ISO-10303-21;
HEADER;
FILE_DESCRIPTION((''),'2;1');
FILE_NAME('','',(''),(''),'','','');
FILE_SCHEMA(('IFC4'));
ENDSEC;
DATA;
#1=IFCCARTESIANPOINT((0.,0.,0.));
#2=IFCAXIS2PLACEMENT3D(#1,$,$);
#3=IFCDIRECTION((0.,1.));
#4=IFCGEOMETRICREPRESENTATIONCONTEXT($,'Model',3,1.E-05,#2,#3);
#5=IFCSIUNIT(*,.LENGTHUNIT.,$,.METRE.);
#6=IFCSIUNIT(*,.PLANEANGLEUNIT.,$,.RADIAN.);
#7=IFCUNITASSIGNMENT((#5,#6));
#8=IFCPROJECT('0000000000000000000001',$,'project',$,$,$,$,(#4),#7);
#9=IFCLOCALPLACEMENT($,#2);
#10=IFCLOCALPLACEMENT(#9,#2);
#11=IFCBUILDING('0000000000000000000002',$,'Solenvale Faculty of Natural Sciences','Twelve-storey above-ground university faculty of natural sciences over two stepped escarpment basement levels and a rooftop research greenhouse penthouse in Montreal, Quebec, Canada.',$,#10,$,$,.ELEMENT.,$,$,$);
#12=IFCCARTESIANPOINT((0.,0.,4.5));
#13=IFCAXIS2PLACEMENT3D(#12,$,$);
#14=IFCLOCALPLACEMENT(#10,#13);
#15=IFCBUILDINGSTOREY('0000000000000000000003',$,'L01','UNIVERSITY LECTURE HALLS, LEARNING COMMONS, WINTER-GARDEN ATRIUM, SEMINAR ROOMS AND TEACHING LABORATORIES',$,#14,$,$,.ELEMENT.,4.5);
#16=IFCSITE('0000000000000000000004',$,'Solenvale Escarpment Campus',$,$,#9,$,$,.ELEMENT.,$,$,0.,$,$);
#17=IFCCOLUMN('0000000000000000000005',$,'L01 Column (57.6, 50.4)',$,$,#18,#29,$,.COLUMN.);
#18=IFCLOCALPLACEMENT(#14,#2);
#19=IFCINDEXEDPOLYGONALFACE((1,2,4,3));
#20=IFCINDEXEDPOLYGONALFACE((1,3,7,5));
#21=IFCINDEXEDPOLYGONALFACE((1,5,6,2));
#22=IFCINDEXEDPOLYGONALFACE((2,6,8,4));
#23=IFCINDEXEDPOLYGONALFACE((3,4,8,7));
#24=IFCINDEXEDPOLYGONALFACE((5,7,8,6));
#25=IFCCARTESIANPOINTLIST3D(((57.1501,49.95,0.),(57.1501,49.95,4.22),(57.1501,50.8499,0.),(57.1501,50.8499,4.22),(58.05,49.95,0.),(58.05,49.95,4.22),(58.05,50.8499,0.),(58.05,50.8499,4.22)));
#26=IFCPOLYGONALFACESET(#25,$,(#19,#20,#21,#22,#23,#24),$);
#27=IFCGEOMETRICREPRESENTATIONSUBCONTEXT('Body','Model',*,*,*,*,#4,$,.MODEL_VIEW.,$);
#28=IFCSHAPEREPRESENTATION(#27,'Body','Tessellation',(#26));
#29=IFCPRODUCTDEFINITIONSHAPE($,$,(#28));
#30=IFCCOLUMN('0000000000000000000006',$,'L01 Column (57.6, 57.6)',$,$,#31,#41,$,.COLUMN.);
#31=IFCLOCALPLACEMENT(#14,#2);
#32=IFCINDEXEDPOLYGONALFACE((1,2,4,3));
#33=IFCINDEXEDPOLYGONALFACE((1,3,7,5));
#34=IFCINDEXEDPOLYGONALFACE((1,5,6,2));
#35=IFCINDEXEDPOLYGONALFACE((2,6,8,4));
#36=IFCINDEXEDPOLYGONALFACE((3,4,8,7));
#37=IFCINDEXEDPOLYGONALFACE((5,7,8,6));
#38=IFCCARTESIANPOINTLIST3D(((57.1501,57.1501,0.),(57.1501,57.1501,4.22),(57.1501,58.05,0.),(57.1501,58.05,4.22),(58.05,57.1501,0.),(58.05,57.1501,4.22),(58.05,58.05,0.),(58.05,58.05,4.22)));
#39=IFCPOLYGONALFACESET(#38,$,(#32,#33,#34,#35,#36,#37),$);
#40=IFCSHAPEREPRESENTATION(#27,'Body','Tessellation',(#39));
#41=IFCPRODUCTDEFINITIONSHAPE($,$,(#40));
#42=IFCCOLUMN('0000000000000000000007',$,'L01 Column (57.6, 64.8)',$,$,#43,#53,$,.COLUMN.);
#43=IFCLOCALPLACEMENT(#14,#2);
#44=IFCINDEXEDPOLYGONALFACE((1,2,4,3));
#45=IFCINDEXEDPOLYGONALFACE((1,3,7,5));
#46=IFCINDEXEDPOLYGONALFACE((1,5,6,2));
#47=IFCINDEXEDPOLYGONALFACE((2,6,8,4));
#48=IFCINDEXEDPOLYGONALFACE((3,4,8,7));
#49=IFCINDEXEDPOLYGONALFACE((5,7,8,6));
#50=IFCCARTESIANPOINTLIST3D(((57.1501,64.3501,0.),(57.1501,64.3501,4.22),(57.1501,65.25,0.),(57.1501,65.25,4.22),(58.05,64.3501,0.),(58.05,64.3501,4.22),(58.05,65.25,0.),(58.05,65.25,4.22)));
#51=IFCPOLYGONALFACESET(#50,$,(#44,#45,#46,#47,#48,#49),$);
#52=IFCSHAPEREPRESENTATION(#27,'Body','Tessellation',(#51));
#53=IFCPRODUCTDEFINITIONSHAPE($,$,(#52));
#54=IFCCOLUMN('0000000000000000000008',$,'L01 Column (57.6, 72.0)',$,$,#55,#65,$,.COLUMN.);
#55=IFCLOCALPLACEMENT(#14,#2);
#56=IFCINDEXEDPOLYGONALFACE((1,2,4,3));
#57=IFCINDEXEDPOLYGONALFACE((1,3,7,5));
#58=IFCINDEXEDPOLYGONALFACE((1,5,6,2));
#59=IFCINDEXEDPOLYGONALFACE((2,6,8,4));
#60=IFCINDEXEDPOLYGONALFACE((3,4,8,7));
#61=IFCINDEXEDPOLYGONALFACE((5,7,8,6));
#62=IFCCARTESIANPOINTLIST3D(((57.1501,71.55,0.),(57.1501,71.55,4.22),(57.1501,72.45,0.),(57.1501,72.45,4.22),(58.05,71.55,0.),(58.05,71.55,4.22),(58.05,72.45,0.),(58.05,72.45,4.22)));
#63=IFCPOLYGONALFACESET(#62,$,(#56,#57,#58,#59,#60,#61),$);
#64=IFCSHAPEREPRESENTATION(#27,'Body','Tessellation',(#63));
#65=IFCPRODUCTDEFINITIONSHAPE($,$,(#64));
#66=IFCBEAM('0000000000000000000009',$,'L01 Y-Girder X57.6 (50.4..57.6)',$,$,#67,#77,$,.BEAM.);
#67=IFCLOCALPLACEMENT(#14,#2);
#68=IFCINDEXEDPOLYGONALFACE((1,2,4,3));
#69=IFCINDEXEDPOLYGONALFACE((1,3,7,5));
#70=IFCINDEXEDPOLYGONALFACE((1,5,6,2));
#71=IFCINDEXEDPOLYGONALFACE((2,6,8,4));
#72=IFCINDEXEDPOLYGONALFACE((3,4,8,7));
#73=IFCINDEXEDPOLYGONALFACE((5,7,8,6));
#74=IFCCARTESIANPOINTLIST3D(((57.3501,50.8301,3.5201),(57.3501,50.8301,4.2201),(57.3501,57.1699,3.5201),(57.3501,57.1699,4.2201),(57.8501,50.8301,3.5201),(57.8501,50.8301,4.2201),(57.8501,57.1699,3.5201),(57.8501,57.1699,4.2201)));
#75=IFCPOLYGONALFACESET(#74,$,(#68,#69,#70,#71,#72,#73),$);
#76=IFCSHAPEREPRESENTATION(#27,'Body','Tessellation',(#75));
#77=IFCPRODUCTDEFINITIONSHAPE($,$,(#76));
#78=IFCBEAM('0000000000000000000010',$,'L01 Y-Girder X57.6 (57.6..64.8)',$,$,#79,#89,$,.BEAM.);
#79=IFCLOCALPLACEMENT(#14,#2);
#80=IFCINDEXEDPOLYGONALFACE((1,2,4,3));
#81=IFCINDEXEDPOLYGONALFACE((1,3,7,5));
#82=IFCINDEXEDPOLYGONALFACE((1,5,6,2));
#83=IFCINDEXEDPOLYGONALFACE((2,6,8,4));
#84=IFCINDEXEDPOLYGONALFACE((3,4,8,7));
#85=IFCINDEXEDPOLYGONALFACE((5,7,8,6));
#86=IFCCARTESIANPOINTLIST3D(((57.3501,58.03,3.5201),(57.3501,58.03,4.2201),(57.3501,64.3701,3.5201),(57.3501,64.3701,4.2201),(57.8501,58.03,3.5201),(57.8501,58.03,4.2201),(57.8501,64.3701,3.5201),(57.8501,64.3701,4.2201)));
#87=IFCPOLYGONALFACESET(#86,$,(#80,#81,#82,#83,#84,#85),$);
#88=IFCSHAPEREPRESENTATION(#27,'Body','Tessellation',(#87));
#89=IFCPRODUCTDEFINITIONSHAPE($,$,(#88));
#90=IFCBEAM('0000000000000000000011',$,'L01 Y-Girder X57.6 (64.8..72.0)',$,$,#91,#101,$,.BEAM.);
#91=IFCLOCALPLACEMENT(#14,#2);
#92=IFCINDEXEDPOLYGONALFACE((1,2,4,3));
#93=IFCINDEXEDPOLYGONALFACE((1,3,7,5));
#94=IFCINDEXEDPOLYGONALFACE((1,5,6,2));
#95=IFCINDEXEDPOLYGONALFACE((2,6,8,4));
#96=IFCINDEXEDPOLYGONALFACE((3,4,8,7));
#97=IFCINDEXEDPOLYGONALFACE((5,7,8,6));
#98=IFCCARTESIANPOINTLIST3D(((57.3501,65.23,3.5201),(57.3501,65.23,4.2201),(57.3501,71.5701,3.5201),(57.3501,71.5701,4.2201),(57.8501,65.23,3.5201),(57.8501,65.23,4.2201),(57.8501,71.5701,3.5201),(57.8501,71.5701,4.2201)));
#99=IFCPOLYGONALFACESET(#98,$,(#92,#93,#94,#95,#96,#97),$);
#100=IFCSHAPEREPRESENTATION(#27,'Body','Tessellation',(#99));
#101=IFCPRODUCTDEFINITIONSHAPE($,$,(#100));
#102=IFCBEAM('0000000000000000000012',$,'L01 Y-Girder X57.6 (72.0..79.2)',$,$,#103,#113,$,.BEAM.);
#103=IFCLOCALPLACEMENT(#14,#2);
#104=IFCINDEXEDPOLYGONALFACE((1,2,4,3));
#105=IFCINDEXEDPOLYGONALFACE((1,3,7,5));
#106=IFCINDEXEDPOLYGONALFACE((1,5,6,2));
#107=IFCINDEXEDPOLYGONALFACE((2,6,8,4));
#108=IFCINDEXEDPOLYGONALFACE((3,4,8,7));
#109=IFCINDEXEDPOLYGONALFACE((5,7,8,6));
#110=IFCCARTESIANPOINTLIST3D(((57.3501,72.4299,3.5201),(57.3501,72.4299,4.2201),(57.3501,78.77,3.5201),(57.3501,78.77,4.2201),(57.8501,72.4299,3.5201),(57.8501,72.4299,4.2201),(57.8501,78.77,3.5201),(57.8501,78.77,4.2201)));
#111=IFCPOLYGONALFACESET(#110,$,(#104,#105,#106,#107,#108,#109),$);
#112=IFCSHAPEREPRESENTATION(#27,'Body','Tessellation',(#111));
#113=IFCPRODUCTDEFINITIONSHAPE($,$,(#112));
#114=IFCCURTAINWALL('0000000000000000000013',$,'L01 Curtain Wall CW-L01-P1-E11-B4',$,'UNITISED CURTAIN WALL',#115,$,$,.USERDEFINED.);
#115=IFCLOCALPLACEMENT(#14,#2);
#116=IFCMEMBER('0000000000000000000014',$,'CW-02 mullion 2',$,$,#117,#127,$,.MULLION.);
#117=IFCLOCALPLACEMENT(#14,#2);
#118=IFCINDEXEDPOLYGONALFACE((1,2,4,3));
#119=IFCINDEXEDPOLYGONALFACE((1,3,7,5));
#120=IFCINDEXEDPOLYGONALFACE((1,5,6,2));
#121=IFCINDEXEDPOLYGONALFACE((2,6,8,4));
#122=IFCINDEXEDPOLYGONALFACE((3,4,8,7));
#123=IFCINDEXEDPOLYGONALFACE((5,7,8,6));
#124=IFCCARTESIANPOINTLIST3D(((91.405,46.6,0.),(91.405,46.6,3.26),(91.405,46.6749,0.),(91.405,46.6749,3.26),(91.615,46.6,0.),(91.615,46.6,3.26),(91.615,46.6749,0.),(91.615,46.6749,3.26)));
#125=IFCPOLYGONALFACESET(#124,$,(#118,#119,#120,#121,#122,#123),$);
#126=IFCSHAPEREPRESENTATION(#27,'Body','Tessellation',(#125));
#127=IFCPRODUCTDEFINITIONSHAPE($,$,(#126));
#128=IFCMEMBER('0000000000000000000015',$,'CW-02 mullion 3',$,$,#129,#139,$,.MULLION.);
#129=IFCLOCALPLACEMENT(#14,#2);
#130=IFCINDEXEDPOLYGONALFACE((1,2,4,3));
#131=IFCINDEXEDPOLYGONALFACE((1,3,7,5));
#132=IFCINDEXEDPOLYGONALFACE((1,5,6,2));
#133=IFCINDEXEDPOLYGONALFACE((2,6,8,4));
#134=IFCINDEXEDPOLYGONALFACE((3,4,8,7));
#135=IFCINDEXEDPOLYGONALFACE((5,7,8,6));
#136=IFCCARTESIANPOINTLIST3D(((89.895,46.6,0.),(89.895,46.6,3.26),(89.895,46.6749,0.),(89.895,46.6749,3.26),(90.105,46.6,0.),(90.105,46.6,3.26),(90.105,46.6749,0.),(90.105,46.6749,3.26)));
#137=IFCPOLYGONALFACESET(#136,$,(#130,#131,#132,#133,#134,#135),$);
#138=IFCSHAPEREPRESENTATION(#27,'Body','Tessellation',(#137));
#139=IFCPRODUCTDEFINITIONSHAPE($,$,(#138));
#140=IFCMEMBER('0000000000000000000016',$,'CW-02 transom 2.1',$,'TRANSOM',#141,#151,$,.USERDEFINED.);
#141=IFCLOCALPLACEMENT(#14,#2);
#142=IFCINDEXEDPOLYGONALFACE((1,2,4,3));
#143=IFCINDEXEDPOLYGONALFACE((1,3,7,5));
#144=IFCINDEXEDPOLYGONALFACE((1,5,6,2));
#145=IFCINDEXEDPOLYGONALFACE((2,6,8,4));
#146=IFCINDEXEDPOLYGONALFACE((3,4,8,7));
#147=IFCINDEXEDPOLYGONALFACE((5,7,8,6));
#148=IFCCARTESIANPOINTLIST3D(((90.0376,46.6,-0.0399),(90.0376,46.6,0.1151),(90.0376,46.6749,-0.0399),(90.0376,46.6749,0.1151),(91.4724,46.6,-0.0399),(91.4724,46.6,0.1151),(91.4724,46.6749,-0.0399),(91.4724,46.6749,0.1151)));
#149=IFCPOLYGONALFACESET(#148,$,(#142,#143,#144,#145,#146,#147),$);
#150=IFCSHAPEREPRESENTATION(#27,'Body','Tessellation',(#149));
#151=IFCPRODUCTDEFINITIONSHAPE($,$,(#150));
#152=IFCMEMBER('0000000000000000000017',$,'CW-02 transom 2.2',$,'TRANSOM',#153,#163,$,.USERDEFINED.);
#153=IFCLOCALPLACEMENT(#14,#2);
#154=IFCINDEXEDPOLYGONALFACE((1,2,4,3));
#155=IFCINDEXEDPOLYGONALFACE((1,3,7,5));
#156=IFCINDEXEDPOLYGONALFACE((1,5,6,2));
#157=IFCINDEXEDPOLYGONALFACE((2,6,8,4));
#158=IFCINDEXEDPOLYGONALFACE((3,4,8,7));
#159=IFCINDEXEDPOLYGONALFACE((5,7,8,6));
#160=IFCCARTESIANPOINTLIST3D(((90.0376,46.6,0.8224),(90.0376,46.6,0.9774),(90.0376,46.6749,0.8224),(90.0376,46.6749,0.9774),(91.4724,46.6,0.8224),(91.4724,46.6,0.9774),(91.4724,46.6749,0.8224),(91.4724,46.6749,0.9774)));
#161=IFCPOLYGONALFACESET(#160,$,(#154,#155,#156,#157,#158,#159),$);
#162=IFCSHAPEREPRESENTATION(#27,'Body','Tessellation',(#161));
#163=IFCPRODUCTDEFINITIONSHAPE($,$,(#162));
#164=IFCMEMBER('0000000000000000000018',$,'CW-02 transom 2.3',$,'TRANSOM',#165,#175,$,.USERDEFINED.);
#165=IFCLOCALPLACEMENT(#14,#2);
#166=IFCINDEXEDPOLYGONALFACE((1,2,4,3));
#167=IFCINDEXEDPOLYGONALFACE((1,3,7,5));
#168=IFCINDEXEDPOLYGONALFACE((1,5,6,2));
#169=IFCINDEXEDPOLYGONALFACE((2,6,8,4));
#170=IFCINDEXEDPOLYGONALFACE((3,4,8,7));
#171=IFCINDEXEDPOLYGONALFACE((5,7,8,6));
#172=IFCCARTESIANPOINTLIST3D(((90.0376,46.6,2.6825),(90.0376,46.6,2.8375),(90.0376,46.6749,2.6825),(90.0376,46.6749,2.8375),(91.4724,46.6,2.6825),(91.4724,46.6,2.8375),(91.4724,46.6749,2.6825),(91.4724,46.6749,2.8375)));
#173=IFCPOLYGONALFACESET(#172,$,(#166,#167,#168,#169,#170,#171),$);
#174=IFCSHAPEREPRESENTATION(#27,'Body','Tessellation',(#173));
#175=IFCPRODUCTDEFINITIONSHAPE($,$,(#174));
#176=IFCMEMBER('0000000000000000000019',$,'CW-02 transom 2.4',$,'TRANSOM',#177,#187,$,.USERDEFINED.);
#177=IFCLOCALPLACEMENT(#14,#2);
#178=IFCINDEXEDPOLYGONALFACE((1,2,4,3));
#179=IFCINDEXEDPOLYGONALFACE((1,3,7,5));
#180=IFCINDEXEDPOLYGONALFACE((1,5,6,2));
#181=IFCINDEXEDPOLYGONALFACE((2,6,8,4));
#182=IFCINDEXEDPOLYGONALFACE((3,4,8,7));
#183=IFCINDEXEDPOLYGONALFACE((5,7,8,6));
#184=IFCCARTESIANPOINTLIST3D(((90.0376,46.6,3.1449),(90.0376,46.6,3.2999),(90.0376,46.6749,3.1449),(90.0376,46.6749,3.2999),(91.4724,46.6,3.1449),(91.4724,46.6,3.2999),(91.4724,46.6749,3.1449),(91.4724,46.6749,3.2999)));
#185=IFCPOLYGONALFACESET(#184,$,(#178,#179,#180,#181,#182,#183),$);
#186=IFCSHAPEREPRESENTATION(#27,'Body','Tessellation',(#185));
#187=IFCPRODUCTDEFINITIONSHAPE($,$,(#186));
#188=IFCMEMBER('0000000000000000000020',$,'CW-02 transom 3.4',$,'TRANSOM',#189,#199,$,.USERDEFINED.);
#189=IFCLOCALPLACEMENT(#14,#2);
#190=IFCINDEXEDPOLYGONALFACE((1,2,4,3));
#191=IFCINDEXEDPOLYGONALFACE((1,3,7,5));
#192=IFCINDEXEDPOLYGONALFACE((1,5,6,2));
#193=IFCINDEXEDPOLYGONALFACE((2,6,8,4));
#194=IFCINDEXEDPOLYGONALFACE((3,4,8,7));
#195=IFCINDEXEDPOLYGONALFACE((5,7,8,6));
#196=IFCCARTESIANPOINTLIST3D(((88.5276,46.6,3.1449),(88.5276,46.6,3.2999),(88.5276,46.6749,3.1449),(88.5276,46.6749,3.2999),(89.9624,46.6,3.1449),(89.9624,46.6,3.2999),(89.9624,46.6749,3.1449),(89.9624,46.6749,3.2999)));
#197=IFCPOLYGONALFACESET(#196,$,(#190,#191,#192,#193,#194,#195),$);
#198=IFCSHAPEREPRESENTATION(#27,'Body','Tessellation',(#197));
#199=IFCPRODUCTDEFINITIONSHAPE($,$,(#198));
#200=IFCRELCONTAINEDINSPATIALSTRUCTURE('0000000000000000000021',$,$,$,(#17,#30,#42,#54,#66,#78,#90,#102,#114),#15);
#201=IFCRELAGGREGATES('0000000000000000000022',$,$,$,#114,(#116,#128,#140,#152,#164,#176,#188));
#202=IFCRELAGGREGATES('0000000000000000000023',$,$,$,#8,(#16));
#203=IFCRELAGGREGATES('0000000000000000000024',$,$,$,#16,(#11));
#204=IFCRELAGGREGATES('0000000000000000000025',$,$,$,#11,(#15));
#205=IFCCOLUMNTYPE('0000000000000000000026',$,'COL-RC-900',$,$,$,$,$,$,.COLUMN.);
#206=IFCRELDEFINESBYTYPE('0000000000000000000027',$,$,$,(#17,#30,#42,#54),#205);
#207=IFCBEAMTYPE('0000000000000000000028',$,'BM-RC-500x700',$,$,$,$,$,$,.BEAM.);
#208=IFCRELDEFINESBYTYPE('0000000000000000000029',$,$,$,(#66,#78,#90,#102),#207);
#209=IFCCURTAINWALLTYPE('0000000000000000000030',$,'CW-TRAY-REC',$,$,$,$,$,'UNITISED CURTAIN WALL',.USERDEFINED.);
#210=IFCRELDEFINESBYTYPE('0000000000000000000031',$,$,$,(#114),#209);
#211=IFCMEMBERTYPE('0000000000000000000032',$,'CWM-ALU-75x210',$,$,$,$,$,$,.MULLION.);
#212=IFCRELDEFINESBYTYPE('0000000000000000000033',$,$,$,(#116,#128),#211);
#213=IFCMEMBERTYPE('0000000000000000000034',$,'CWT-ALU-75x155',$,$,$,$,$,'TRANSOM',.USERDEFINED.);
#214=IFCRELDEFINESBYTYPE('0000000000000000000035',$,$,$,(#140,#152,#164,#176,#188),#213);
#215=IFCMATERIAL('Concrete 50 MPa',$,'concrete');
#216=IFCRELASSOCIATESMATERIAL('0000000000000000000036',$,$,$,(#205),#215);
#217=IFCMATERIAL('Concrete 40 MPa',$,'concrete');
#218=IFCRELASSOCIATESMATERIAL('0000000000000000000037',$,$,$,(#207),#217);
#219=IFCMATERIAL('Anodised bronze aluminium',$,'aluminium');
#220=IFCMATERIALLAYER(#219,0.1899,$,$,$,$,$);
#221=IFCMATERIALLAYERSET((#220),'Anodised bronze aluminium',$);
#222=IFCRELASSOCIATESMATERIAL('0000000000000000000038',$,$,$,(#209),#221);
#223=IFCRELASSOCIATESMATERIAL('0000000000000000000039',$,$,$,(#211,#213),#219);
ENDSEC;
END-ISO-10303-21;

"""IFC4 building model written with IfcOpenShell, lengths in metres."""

from ifc_helpers import new_model, si_unit, direction, frame, origin, origin_2d, place, context, subcontext, project, spatial, rectangle, extrude, material, layer, layer_set, material_profile, profile_set, type_object, element, aggregate, save


model = new_model("IFC4")

# Units and contexts
model_context = context("Model", 3, precision=1e-05, world=origin(), true_north=direction((0.0, 1.0)))
body_context = subcontext(model_context, "Body", "Model", "MODEL_VIEW")
ifc_project = project(units=[si_unit("LENGTHUNIT", "METRE"), si_unit("PLANEANGLEUNIT", "RADIAN")], contexts=[model_context])

# Site, building, storey
site_placement = place(None, origin())
site = spatial("IfcSite", under=ifc_project, at=site_placement, Name="Solenvale Escarpment Campus", CompositionType="ELEMENT", RefElevation=0.0)
building_placement = place(site_placement, origin())
building = spatial("IfcBuilding", under=site, at=building_placement, Name="Solenvale Faculty of Natural Sciences", Description="Twelve-storey above-ground university faculty of natural sciences over two stepped escarpment basement levels and a rooftop research greenhouse penthouse in Montreal, Quebec, Canada.", CompositionType="ELEMENT")
storey_placement = place(building_placement, frame((0.0, 0.0, 4.5)))
storey = spatial("IfcBuildingStorey", under=building, at=storey_placement, Name="L01", Description="UNIVERSITY LECTURE HALLS, LEARNING COMMONS, WINTER-GARDEN ATRIUM, SEMINAR ROOMS AND TEACHING LABORATORIES", CompositionType="ELEMENT", Elevation=4.5)

# Columns
ifc_material_1 = material(Name="Concrete 50 MPa", Category="concrete")
ifc_material_profile_1 = material_profile(ifc_material_1, rectangle(XDim=0.8999, YDim=0.8999, at=origin_2d()), Name="RC-COL-900x900")
ifc_profile_set_1 = profile_set([ifc_material_profile_1], Name="Concrete 50 MPa")
column_type = type_object("IfcColumnType", Name="COL-RC-900", PredefinedType="COLUMN", material=ifc_profile_set_1)
for number, where, z_axis, x_axis, name in (
    (1, (57.6001, 50.3999, 0.0), (0.0, 0.0, 1.0), (1.0, 0.0, 0.0), "L01 Column (57.6, 50.4)"),
    (2, (57.6001, 57.6001, 0.0), (0.0, 0.0, 1.0), (1.0, 0.0, 0.0), "L01 Column (57.6, 57.6)"),
    (3, (57.6001, 64.8, 0.0), (0.0, 0.0, 1.0), (1.0, 0.0, 0.0), "L01 Column (57.6, 64.8)"),
    (4, (57.6001, 72.0, 0.0), (0.0, 0.0, 1.0), (1.0, 0.0, 0.0), "L01 Column (57.6, 72.0)"),
):
    element("IfcColumn", number, at=place(storey_placement, frame(where, z_axis=z_axis, x_axis=x_axis)), inside=storey, type_object=column_type, Name=name, PredefinedType="COLUMN", context=body_context, shape_type="SweptSolid", body=[
        extrude(rectangle(XDim=0.8999, YDim=0.8999, at=origin_2d()), origin(), (0.0, 0.0, 1.0), 4.22),
    ])

# Beams
ifc_material_2 = material(Name="Concrete 40 MPa", Category="concrete")
ifc_material_profile_2 = material_profile(ifc_material_2, rectangle(XDim=0.5, YDim=0.7, at=origin_2d()), Name="RC-BM-500x700")
ifc_profile_set_2 = profile_set([ifc_material_profile_2], Name="Concrete 40 MPa")
beam_type = type_object("IfcBeamType", Name="BM-RC-500x700", PredefinedType="BEAM", material=ifc_profile_set_2)
beam_placement = place(storey_placement, frame((57.6001, 50.8301, 3.8701), z_axis=(0.0, 1.0, 0.0), x_axis=(-1.0, 0.0, 0.0)))
element("IfcBeam", 5, at=beam_placement, inside=storey, type_object=beam_type, Name="L01 Y-Girder X57.6 (50.4..57.6)", PredefinedType="BEAM", context=body_context, shape_type="SweptSolid", body=[
    extrude(rectangle(XDim=0.5, YDim=0.7, at=origin_2d()), origin(), (0.0, 0.0, 1.0), 6.3398),
])
for number, where, z_axis, x_axis, name in (
    (6, (57.6001, 58.03, 3.8701), (0.0, 1.0, 0.0), (-1.0, 0.0, 0.0), "L01 Y-Girder X57.6 (57.6..64.8)"),
    (7, (57.6001, 65.23, 3.8701), (0.0, 1.0, 0.0), (-1.0, 0.0, 0.0), "L01 Y-Girder X57.6 (64.8..72.0)"),
    (8, (57.6001, 72.4299, 3.8701), (0.0, 1.0, 0.0), (-1.0, 0.0, 0.0), "L01 Y-Girder X57.6 (72.0..79.2)"),
):
    element("IfcBeam", number, at=place(storey_placement, frame(where, z_axis=z_axis, x_axis=x_axis)), inside=storey, type_object=beam_type, Name=name, PredefinedType="BEAM", context=body_context, shape_type="SweptSolid", body=[
        extrude(rectangle(XDim=0.5, YDim=0.7, at=origin_2d()), origin(), (0.0, 0.0, 1.0), 6.3401),
    ])

# Curtain wall, members
ifc_material_3 = material(Name="Anodised bronze aluminium", Category="aluminium")
ifc_layer_1 = layer(ifc_material_3, 0.1899)
ifc_layer_set_1 = layer_set([ifc_layer_1], Name="Anodised bronze aluminium")
curtain_wall_type = type_object("IfcCurtainWallType", Name="CW-TRAY-REC", ElementType="UNITISED CURTAIN WALL", PredefinedType="USERDEFINED", material=ifc_layer_set_1)
curtain_wall_placement = place(storey_placement, origin())
curtain_wall = element("IfcCurtainWall", 9, at=curtain_wall_placement, inside=storey, type_object=curtain_wall_type, Name="L01 Curtain Wall CW-L01-P1-E11-B4", ObjectType="UNITISED CURTAIN WALL", PredefinedType="USERDEFINED")
ifc_material_profile_3 = material_profile(ifc_material_3, rectangle(XDim=0.075, YDim=0.21, at=origin_2d()), Name="ALU-MUL-75x210")
ifc_profile_set_3 = profile_set([ifc_material_profile_3], Name="Anodised bronze aluminium")
member_type_1 = type_object("IfcMemberType", Name="CWM-ALU-75x210", PredefinedType="MULLION", material=ifc_profile_set_3)
member_1_placement = place(storey_placement, frame((91.51, 46.6375, 0.0), z_axis=(0.0, 0.0, 1.0), x_axis=(0.0, -1.0, 0.0)))
member_1 = element("IfcMember", 10, at=member_1_placement, type_object=member_type_1, Name="CW-02 mullion 2", PredefinedType="MULLION", context=body_context, shape_type="SweptSolid", body=[
    extrude(rectangle(XDim=0.075, YDim=0.21, at=origin_2d()), origin(), (0.0, 0.0, 1.0), 3.26),
])
member_2_placement = place(storey_placement, frame((90.0, 46.6375, 0.0), z_axis=(0.0, 0.0, 1.0), x_axis=(0.0, -1.0, 0.0)))
member_2 = element("IfcMember", 11, at=member_2_placement, type_object=member_type_1, Name="CW-02 mullion 3", PredefinedType="MULLION", context=body_context, shape_type="SweptSolid", body=[
    extrude(rectangle(XDim=0.075, YDim=0.21, at=origin_2d()), origin(), (0.0, 0.0, 1.0), 3.26),
])
ifc_material_profile_4 = material_profile(ifc_material_3, rectangle(XDim=0.075, YDim=0.155, at=origin_2d()), Name="ALU-TRN-75x155")
ifc_profile_set_4 = profile_set([ifc_material_profile_4], Name="Anodised bronze aluminium")
member_type_2 = type_object("IfcMemberType", Name="CWT-ALU-75x155", ElementType="TRANSOM", PredefinedType="USERDEFINED", material=ifc_profile_set_4)
member_3_placement = place(storey_placement, frame((91.4724, 46.6375, 0.0376), z_axis=(-1.0, 0.0, 0.0), x_axis=(0.0, -1.0, 0.0)))
member_3 = element("IfcMember", 12, at=member_3_placement, type_object=member_type_2, Name="CW-02 transom 2.1", ObjectType="TRANSOM", PredefinedType="USERDEFINED", context=body_context, shape_type="SweptSolid", body=[
    extrude(rectangle(XDim=0.075, YDim=0.155, at=origin_2d()), origin(), (0.0, 0.0, 1.0), 1.4348),
])
member_4_placement = place(storey_placement, frame((91.4724, 46.6375, 0.8999), z_axis=(-1.0, 0.0, 0.0), x_axis=(0.0, -1.0, 0.0)))
member_4 = element("IfcMember", 13, at=member_4_placement, type_object=member_type_2, Name="CW-02 transom 2.2", ObjectType="TRANSOM", PredefinedType="USERDEFINED", context=body_context, shape_type="SweptSolid", body=[
    extrude(rectangle(XDim=0.075, YDim=0.155, at=origin_2d()), origin(), (0.0, 0.0, 1.0), 1.4348),
])
member_5_placement = place(storey_placement, frame((91.4724, 46.6375, 2.76), z_axis=(-1.0, 0.0, 0.0), x_axis=(0.0, -1.0, 0.0)))
member_5 = element("IfcMember", 14, at=member_5_placement, type_object=member_type_2, Name="CW-02 transom 2.3", ObjectType="TRANSOM", PredefinedType="USERDEFINED", context=body_context, shape_type="SweptSolid", body=[
    extrude(rectangle(XDim=0.075, YDim=0.155, at=origin_2d()), origin(), (0.0, 0.0, 1.0), 1.4348),
])
member_6_placement = place(storey_placement, frame((91.4724, 46.6375, 3.2224), z_axis=(-1.0, 0.0, 0.0), x_axis=(0.0, -1.0, 0.0)))
member_6 = element("IfcMember", 15, at=member_6_placement, type_object=member_type_2, Name="CW-02 transom 2.4", ObjectType="TRANSOM", PredefinedType="USERDEFINED", context=body_context, shape_type="SweptSolid", body=[
    extrude(rectangle(XDim=0.075, YDim=0.155, at=origin_2d()), origin(), (0.0, 0.0, 1.0), 1.4348),
])
member_7_placement = place(storey_placement, frame((89.9624, 46.6375, 3.2224), z_axis=(-1.0, 0.0, 0.0), x_axis=(0.0, -1.0, 0.0)))
member_7 = element("IfcMember", 16, at=member_7_placement, type_object=member_type_2, Name="CW-02 transom 3.4", ObjectType="TRANSOM", PredefinedType="USERDEFINED", context=body_context, shape_type="SweptSolid", body=[
    extrude(rectangle(XDim=0.075, YDim=0.155, at=origin_2d()), origin(), (0.0, 0.0, 1.0), 1.4348),
])
aggregate(curtain_wall, [member_1, member_2, member_3, member_4, member_5, member_6, member_7])

save(model, "model.ifc")
